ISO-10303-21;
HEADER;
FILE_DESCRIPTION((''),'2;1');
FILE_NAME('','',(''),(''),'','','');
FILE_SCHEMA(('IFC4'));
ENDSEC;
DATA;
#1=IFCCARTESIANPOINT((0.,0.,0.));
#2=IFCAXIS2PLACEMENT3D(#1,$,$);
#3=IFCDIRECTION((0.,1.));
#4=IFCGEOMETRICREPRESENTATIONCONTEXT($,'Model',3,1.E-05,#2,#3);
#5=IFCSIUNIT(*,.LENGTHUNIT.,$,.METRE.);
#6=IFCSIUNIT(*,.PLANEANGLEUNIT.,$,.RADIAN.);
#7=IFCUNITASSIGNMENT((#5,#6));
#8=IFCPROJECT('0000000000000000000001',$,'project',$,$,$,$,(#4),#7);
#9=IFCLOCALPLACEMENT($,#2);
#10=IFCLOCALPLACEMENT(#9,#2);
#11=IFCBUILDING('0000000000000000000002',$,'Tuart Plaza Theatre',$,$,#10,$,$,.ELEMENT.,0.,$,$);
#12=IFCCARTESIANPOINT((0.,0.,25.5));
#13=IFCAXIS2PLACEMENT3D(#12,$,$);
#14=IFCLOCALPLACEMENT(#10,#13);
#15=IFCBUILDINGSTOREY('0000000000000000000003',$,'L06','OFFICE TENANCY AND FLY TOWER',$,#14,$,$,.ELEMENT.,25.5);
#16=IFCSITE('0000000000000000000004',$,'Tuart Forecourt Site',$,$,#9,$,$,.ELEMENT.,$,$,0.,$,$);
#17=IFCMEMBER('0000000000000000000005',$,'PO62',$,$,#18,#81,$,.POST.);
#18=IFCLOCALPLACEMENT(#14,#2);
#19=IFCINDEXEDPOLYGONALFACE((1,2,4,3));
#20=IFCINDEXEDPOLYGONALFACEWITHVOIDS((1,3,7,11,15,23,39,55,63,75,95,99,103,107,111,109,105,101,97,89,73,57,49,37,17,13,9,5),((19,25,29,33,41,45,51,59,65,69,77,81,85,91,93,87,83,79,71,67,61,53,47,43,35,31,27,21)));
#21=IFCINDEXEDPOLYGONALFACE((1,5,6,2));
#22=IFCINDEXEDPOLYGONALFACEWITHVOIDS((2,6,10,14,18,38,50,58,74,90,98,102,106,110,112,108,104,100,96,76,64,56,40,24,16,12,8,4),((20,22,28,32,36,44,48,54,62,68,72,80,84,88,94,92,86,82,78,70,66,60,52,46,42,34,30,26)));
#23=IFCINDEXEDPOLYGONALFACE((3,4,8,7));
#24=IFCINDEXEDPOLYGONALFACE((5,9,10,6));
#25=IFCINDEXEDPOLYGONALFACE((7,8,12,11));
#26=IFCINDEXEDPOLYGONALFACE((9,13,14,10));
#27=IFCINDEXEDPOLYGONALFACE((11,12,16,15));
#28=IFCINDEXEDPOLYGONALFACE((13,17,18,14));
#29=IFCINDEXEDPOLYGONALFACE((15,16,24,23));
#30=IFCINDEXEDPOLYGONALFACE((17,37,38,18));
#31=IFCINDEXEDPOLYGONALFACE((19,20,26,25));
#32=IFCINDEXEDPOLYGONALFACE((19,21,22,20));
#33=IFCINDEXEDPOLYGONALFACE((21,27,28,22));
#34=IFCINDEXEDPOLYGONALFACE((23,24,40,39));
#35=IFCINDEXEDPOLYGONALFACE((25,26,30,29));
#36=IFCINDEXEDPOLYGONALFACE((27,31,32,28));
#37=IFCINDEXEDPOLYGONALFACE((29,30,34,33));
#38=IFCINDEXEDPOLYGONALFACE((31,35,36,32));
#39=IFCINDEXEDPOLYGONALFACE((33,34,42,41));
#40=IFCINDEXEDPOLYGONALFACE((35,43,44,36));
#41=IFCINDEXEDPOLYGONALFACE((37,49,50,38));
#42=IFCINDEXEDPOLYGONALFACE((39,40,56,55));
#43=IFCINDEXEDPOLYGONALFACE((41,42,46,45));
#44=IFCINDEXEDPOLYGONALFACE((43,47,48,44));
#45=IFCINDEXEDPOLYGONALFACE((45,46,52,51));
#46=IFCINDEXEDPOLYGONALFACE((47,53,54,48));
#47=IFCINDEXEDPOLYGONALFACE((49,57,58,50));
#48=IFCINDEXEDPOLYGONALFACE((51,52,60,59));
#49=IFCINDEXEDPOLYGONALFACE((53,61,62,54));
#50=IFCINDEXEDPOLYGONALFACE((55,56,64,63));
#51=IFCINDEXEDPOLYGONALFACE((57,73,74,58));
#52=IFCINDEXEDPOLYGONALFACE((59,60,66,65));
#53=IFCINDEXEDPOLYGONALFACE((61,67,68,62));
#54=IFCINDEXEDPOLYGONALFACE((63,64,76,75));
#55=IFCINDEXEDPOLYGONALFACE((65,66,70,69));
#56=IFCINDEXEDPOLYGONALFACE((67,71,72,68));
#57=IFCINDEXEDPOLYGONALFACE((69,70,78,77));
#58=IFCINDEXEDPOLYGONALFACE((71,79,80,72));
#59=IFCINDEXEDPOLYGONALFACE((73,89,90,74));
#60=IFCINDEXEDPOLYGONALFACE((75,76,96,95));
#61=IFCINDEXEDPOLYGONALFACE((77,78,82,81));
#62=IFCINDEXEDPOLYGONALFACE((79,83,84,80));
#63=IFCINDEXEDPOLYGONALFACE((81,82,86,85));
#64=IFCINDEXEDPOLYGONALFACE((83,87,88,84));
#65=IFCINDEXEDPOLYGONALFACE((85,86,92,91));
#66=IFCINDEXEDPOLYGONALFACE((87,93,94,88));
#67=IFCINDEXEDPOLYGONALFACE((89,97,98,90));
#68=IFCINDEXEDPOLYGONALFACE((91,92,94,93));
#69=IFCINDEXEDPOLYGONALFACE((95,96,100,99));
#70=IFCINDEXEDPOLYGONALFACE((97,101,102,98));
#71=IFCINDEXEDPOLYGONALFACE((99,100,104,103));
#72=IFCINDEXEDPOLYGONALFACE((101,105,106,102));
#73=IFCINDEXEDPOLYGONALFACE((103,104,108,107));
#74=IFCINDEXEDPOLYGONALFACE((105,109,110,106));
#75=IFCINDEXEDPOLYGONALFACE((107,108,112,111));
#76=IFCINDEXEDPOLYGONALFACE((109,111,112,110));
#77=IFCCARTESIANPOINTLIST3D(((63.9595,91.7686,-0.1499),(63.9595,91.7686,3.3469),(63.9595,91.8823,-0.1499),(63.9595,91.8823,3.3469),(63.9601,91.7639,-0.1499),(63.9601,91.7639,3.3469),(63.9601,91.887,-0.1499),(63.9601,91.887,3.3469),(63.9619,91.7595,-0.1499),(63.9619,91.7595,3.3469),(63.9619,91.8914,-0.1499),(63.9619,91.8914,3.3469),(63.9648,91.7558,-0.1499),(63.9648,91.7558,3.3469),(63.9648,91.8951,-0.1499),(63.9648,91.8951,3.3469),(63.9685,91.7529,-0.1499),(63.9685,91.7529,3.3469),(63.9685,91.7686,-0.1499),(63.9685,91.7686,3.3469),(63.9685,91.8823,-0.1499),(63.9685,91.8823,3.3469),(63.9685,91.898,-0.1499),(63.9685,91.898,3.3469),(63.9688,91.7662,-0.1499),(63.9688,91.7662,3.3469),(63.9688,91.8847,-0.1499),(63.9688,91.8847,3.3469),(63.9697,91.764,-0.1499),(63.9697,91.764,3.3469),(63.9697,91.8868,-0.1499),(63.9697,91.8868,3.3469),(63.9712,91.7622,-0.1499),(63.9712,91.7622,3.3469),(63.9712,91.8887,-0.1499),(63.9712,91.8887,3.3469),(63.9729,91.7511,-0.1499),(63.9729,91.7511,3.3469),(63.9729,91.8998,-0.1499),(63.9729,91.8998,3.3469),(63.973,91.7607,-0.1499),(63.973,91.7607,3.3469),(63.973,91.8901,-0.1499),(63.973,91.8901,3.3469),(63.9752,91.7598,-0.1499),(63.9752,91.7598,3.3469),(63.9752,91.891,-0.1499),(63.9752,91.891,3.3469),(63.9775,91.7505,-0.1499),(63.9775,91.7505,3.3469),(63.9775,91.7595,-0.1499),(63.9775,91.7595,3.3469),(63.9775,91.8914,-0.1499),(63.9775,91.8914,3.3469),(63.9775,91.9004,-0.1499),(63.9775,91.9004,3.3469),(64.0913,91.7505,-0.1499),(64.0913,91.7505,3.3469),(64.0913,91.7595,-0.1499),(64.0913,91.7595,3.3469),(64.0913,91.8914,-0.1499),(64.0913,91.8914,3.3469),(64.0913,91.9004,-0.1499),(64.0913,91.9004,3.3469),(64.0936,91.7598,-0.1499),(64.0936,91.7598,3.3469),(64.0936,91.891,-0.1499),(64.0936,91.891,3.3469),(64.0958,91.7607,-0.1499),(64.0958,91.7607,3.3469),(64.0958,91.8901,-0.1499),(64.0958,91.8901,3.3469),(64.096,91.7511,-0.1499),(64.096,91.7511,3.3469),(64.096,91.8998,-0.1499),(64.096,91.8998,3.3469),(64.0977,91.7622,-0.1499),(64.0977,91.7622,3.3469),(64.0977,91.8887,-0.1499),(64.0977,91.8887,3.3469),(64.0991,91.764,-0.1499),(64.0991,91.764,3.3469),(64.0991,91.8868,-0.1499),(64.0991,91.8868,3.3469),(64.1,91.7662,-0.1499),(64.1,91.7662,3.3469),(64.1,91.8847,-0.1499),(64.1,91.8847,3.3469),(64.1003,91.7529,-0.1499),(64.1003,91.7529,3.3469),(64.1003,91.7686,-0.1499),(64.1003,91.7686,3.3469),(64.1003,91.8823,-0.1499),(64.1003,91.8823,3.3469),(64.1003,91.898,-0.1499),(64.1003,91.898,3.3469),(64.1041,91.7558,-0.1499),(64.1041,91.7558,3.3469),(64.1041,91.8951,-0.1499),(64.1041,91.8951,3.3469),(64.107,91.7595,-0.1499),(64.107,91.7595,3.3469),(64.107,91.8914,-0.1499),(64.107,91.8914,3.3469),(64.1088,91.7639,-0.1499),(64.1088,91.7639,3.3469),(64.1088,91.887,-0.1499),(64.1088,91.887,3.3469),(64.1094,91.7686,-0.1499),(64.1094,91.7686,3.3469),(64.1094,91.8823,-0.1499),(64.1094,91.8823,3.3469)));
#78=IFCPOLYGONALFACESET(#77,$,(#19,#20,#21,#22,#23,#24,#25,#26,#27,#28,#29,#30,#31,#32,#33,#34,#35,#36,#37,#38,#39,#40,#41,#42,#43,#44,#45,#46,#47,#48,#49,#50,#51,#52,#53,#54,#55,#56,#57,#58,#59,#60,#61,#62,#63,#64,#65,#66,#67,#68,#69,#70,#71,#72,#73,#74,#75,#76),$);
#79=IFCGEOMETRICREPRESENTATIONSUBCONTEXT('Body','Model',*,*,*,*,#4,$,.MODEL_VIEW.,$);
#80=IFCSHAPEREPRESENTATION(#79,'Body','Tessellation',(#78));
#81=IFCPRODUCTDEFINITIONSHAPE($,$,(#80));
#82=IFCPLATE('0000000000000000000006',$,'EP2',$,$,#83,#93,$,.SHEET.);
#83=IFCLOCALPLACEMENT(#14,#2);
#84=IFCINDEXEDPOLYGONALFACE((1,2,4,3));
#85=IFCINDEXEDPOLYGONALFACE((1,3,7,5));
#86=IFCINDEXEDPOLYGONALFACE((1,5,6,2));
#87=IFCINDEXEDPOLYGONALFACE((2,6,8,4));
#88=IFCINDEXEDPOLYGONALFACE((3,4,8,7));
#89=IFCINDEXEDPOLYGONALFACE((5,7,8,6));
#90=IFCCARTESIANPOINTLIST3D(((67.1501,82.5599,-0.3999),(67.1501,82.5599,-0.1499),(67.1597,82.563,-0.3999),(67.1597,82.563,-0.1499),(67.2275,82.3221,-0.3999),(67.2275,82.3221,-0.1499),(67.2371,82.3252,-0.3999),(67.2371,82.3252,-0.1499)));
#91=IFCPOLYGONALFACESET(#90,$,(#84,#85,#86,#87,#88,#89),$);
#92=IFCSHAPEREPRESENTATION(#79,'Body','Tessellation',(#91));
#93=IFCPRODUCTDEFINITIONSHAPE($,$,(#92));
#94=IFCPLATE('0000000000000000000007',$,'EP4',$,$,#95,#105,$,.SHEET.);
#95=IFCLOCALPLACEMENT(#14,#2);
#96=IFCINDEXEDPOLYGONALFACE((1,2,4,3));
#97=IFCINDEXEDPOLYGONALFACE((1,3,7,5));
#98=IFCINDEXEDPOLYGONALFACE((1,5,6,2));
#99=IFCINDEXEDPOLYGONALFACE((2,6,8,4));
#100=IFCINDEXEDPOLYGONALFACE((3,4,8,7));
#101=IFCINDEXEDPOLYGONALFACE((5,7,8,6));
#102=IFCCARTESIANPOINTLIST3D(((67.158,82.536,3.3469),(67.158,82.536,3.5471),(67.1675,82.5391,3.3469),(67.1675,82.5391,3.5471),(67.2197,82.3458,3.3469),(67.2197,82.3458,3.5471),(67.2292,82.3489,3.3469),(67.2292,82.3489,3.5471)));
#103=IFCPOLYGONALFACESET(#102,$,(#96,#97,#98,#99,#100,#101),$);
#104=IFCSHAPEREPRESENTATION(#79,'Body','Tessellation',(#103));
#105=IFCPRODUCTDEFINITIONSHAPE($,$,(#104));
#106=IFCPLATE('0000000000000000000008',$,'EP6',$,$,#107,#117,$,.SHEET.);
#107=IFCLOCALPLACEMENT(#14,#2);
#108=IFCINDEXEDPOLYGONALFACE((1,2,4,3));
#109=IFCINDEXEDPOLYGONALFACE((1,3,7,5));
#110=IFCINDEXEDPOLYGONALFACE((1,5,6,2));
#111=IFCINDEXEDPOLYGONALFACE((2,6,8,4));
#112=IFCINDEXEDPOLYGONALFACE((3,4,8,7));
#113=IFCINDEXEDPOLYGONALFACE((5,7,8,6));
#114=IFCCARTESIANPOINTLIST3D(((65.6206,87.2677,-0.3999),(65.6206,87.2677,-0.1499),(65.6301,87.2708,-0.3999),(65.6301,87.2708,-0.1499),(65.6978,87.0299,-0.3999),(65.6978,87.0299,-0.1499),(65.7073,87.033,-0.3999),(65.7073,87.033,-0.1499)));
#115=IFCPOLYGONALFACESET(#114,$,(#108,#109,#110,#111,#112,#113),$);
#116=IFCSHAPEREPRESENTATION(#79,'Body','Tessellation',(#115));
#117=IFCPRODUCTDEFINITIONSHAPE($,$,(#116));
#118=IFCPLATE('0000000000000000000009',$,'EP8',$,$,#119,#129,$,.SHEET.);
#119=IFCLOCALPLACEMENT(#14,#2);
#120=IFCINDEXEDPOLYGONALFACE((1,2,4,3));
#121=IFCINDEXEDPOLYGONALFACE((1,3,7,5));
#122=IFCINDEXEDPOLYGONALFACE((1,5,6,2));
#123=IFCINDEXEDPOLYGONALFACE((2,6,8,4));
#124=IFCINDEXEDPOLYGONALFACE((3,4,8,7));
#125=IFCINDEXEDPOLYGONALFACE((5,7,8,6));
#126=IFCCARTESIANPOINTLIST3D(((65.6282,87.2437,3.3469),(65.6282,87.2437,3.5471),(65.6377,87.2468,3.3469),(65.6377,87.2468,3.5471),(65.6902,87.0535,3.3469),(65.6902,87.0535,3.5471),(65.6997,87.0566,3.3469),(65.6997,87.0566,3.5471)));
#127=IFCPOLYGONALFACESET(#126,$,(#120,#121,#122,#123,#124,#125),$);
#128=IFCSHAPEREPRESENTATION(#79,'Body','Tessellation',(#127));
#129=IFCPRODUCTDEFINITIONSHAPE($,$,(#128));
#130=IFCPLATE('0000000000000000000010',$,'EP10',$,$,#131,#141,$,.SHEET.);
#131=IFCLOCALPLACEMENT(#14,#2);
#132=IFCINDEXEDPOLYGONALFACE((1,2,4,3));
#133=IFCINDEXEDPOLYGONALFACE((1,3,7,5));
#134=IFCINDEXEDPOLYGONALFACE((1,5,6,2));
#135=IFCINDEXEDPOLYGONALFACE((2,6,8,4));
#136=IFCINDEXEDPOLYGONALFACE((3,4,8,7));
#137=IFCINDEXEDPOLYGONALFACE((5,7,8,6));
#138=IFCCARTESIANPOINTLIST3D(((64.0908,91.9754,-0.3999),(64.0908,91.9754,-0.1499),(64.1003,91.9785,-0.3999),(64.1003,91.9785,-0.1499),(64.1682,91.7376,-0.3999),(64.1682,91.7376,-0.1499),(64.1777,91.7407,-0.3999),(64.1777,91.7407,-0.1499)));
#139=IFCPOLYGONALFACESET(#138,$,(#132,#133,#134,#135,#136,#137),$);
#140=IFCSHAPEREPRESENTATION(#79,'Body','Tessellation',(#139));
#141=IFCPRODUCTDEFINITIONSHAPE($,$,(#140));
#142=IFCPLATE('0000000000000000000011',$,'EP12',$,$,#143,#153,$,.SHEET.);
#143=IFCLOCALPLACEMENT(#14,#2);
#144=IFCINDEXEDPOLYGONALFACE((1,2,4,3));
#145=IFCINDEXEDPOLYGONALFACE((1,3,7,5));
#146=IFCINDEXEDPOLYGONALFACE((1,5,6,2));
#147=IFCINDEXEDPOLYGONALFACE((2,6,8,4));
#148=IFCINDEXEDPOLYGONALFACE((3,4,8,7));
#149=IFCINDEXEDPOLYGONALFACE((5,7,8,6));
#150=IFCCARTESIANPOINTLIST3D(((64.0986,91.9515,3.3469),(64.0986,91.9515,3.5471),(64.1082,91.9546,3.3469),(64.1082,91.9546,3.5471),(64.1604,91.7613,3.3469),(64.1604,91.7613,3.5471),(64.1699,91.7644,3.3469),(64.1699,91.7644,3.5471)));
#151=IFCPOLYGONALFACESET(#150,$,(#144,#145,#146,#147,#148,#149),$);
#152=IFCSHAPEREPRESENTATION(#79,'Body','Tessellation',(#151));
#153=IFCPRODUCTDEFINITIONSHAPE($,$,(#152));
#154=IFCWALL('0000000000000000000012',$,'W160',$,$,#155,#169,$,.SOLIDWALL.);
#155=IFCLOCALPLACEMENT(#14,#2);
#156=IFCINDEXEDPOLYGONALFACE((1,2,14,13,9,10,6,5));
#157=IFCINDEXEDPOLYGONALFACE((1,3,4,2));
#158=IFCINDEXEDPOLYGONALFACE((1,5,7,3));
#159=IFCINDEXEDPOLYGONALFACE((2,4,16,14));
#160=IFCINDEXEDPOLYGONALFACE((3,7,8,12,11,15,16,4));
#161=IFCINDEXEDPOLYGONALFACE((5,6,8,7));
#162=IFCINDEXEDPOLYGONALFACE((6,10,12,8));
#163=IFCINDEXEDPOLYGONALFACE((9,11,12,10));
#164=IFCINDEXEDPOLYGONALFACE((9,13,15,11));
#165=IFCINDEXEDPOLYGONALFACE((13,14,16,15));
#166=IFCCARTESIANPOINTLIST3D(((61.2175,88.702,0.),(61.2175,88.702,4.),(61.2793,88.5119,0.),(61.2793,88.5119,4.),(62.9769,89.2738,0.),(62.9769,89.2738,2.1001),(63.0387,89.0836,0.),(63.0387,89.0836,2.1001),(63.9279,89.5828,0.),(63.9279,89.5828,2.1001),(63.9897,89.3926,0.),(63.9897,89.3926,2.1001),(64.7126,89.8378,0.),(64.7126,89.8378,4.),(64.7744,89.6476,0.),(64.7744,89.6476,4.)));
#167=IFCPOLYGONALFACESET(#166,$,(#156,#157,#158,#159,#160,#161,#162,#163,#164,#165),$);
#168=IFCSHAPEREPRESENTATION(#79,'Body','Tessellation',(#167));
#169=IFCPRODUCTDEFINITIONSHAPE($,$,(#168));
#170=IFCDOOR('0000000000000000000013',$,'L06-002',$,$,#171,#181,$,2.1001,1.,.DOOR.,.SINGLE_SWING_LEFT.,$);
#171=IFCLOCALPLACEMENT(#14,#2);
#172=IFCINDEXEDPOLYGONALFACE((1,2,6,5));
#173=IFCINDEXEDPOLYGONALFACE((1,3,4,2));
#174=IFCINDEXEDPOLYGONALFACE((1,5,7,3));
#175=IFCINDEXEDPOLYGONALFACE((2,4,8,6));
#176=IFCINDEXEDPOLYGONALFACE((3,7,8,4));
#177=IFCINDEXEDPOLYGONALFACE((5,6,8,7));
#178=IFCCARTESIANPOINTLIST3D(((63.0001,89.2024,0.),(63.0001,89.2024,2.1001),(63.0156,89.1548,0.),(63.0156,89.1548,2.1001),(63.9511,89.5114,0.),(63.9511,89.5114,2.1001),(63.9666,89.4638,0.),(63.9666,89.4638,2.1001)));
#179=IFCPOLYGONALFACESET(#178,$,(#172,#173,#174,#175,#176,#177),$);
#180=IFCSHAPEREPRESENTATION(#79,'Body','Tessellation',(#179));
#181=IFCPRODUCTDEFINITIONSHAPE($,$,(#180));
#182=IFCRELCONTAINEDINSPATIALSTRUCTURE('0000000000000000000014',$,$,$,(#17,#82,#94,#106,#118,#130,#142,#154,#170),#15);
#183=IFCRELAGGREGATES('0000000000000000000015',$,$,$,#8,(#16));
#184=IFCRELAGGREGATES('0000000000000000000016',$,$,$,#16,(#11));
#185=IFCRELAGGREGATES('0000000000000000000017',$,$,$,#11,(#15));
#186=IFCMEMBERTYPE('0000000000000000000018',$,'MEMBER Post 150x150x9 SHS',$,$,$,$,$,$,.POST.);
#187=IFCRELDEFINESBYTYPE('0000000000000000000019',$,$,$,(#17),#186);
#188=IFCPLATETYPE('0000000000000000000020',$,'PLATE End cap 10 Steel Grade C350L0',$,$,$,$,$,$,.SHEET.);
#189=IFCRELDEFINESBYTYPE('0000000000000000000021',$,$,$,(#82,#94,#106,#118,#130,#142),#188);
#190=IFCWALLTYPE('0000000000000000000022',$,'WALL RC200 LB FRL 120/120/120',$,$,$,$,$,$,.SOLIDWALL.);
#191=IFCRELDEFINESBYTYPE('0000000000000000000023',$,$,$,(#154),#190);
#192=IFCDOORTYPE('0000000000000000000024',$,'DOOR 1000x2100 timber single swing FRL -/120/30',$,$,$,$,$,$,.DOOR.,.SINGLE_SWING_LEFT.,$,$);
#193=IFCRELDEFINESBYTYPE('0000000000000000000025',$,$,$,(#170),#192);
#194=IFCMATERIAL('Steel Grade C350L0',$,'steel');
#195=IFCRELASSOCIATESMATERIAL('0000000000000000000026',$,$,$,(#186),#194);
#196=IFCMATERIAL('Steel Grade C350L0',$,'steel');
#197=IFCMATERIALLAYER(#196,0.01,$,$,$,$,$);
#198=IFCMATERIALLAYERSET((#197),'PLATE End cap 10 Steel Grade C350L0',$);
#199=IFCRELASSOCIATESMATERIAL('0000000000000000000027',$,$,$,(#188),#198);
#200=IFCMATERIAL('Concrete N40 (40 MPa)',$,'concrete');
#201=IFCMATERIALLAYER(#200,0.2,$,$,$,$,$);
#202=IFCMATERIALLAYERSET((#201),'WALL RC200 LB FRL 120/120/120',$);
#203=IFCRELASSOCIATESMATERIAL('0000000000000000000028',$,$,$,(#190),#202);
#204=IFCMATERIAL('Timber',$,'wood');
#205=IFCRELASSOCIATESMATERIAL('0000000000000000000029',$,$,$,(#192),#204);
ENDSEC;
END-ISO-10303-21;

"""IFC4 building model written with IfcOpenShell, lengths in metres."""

from ifc_helpers import new_model, si_unit, direction, frame, frame_2d, origin, origin_2d, place, context, subcontext, project, spatial, polyline, rectangle, hollow_rectangle, outline, extrude, material, layer, layer_set, material_profile, profile_set, type_object, element, fill, save


model = new_model("IFC4")

# Units and contexts
model_context = context("Model", 3, precision=1e-05, world=origin(), true_north=direction((0.0, 1.0)))
body_context = subcontext(model_context, "Body", "Model", "MODEL_VIEW")
ifc_project = project(units=[si_unit("LENGTHUNIT", "METRE"), si_unit("PLANEANGLEUNIT", "RADIAN")], contexts=[model_context])

# Site, building, storey
site_placement = place(None, origin())
site = spatial("IfcSite", under=ifc_project, at=site_placement, Name="Tuart Forecourt Site", CompositionType="ELEMENT", RefElevation=0.0)
building_placement = place(site_placement, origin())
building = spatial("IfcBuilding", under=site, at=building_placement, Name="Tuart Plaza Theatre", CompositionType="ELEMENT", ElevationOfRefHeight=0.0)
storey_placement = place(building_placement, frame((0.0, 0.0, 25.5)))
storey = spatial("IfcBuildingStorey", under=building, at=storey_placement, Name="L06", Description="OFFICE TENANCY AND FLY TOWER", CompositionType="ELEMENT", Elevation=25.5)

# Member
ifc_material_1 = material(Name="Steel Grade C350L0", Category="steel")
ifc_material_profile_1 = material_profile(ifc_material_1, hollow_rectangle(XDim=0.1499, YDim=0.1499, WallThickness=0.009, InnerFilletRadius=0.009, OuterFilletRadius=0.0181, at=origin_2d()), Name="150x150x9 SHS")
ifc_profile_set_1 = profile_set([ifc_material_profile_1], Name="Steel Grade C350L0")
member_type_1 = type_object("IfcMemberType", Name="MEMBER Post 150x150x9 SHS", PredefinedType="POST", material=ifc_profile_set_1)
for number, where, z_axis, x_axis, name in (
    (1, (64.0344, 91.8254, -0.1499), (0.0, 0.0, 1.0), (1.0, 0.0, 0.0), "PO62"),
):
    element("IfcMember", number, at=place(storey_placement, frame(where, z_axis=z_axis, x_axis=x_axis)), inside=storey, type_object=member_type_1, Name=name, PredefinedType="POST", context=body_context, shape_type="SweptSolid", body=[
        extrude(hollow_rectangle(XDim=0.1499, YDim=0.1499, WallThickness=0.009, InnerFilletRadius=0.009, OuterFilletRadius=0.0181, at=origin_2d()), origin(), (0.0, 0.0, 1.0), 3.4968),
    ])

# Plates
ifc_material_2 = material(Name="Steel Grade C350L0", Category="steel")
ifc_layer_1 = layer(ifc_material_2, 0.01)
ifc_layer_set_1 = layer_set([ifc_layer_1], Name="PLATE End cap 10 Steel Grade C350L0")
plate_type = type_object("IfcPlateType", Name="PLATE End cap 10 Steel Grade C350L0", PredefinedType="SHEET", material=ifc_layer_set_1)
plate_1_placement = place(storey_placement, frame((67.2371, 82.3252, -0.3999), z_axis=(0.950905, 0.309483, 0.0), x_axis=(-0.309483, 0.950905, 0.0)))
element("IfcPlate", 2, at=plate_1_placement, inside=storey, type_object=plate_type, Name="EP2", PredefinedType="SHEET", context=body_context, shape_type="SweptSolid", body=[
    extrude(outline(polyline([(0.0, 0.0), (0.2501, 0.0), (0.2501, 0.25), (0.0, 0.25), (0.0, 0.0)])), origin(), (0.0, 0.0, -1.0), 0.01),
])
plate_2_placement = place(storey_placement, frame((67.2292, 82.3489, 3.3469), z_axis=(0.951097, 0.308893, 0.0), x_axis=(-0.308893, 0.951097, 0.0)))
element("IfcPlate", 3, at=plate_2_placement, inside=storey, type_object=plate_type, Name="EP4", PredefinedType="SHEET", context=body_context, shape_type="SweptSolid", body=[
    extrude(outline(polyline([(0.0, 0.0), (0.2, 0.0), (0.2, 0.2002), (0.0, 0.2002), (0.0, 0.0)])), origin(), (0.0, 0.0, -1.0), 0.01),
])
plate_3_placement = place(storey_placement, frame((65.7073, 87.033, -0.3999), z_axis=(0.951192, 0.3086, 0.0), x_axis=(-0.3086, 0.951192, 0.0)))
element("IfcPlate", 4, at=plate_3_placement, inside=storey, type_object=plate_type, Name="EP6", PredefinedType="SHEET", context=body_context, shape_type="SweptSolid", body=[
    extrude(outline(polyline([(0.0, 0.0), (0.25, 0.0), (0.25, 0.25), (0.0, 0.25), (0.0, 0.0)])), origin(), (0.0, 0.0, -1.0), 0.01),
])
plate_4_placement = place(storey_placement, frame((65.6997, 87.0566, 3.3469), z_axis=(0.950738, 0.309997, 0.0), x_axis=(-0.309997, 0.950738, 0.0)))
element("IfcPlate", 5, at=plate_4_placement, inside=storey, type_object=plate_type, Name="EP8", PredefinedType="SHEET", context=body_context, shape_type="SweptSolid", body=[
    extrude(outline(polyline([(0.0, 0.0), (0.2, 0.0), (0.2, 0.2002), (0.0, 0.2002), (0.0, 0.0)])), origin(), (0.0, 0.0, -1.0), 0.01),
])
plate_5_placement = place(storey_placement, frame((64.1777, 91.7407, -0.3999), z_axis=(0.950905, 0.309483, 0.0), x_axis=(-0.309483, 0.950905, 0.0)))
element("IfcPlate", 6, at=plate_5_placement, inside=storey, type_object=plate_type, Name="EP10", PredefinedType="SHEET", context=body_context, shape_type="SweptSolid", body=[
    extrude(outline(polyline([(0.0, 0.0), (0.2501, 0.0), (0.2501, 0.25), (0.0, 0.25), (0.0, 0.0)])), origin(), (0.0, 0.0, -1.0), 0.01),
])
plate_6_placement = place(storey_placement, frame((64.1699, 91.7644, 3.3469), z_axis=(0.951097, 0.308893, 0.0), x_axis=(-0.308893, 0.951097, 0.0)))
element("IfcPlate", 7, at=plate_6_placement, inside=storey, type_object=plate_type, Name="EP12", PredefinedType="SHEET", context=body_context, shape_type="SweptSolid", body=[
    extrude(outline(polyline([(0.0, 0.0), (0.2, 0.0), (0.2, 0.2002), (0.0, 0.2002), (0.0, 0.0)])), origin(), (0.0, 0.0, -1.0), 0.01),
])

# Wall, opening, door
ifc_material_3 = material(Name="Concrete N40 (40 MPa)", Category="concrete")
ifc_layer_2 = layer(ifc_material_3, 0.2)
ifc_layer_set_2 = layer_set([ifc_layer_2], Name="WALL RC200 LB FRL 120/120/120")
wall_type_1 = type_object("IfcWallType", Name="WALL RC200 LB FRL 120/120/120", PredefinedType="SOLIDWALL", material=ifc_layer_set_2)
wall_1_placement = place(storey_placement, frame((64.7434, 89.7427, 0.0), z_axis=(0.0, 0.0, 1.0), x_axis=(-0.951048, -0.309044, 0.0)))
wall_1 = element("IfcWall", 8, at=wall_1_placement, inside=storey, type_object=wall_type_1, Name="W160", PredefinedType="SOLIDWALL", context=body_context, shape_type="SweptSolid", body=[
    extrude(rectangle(XDim=3.675, YDim=0.2, at=frame_2d((1.8374, 0.0))), origin(), (0.0, 0.0, 1.0), 4.0),
])
opening_placement = place(wall_1_placement, frame((0.825, 0.0, 0.0)))
opening = element("IfcOpeningElement", 9, at=opening_placement, cuts=wall_1, PredefinedType="OPENING", context=body_context, shape_type="SweptSolid", body=[
    extrude(rectangle(XDim=1.0, YDim=2.1001, at=frame_2d((0.5, 1.05))), frame((0.0, 0.1099, 0.0), z_axis=(0.0, -1.0, 0.0), x_axis=(1.0, 0.0, 0.0)), (0.0, 0.0, 1.0), 0.22),
])
ifc_material_4 = material(Name="Timber", Category="wood")
door_type = type_object("IfcDoorType", Name="DOOR 1000x2100 timber single swing FRL -/120/30", OperationType="SINGLE_SWING_LEFT", PredefinedType="DOOR", material=ifc_material_4)
door_placement = place(opening_placement, frame((1.0, 0.0, 0.0), z_axis=(0.0, 0.0, 1.0), x_axis=(-1.0, 0.0, 0.0)))
door = element("IfcDoor", 10, at=door_placement, inside=storey, type_object=door_type, Name="L06-002", OperationType="SINGLE_SWING_LEFT", OverallHeight=2.1001, OverallWidth=1.0, PredefinedType="DOOR", context=body_context, shape_type="SweptSolid", body=[
    extrude(rectangle(XDim=1.0, YDim=2.1001, at=frame_2d((0.5, 1.05))), frame((0.0, 0.0249, 0.0), z_axis=(0.0, -1.0, 0.0), x_axis=(1.0, 0.0, 0.0)), (0.0, 0.0, 1.0), 0.05),
])
fill(opening, door)

save(model, "model.ifc")
